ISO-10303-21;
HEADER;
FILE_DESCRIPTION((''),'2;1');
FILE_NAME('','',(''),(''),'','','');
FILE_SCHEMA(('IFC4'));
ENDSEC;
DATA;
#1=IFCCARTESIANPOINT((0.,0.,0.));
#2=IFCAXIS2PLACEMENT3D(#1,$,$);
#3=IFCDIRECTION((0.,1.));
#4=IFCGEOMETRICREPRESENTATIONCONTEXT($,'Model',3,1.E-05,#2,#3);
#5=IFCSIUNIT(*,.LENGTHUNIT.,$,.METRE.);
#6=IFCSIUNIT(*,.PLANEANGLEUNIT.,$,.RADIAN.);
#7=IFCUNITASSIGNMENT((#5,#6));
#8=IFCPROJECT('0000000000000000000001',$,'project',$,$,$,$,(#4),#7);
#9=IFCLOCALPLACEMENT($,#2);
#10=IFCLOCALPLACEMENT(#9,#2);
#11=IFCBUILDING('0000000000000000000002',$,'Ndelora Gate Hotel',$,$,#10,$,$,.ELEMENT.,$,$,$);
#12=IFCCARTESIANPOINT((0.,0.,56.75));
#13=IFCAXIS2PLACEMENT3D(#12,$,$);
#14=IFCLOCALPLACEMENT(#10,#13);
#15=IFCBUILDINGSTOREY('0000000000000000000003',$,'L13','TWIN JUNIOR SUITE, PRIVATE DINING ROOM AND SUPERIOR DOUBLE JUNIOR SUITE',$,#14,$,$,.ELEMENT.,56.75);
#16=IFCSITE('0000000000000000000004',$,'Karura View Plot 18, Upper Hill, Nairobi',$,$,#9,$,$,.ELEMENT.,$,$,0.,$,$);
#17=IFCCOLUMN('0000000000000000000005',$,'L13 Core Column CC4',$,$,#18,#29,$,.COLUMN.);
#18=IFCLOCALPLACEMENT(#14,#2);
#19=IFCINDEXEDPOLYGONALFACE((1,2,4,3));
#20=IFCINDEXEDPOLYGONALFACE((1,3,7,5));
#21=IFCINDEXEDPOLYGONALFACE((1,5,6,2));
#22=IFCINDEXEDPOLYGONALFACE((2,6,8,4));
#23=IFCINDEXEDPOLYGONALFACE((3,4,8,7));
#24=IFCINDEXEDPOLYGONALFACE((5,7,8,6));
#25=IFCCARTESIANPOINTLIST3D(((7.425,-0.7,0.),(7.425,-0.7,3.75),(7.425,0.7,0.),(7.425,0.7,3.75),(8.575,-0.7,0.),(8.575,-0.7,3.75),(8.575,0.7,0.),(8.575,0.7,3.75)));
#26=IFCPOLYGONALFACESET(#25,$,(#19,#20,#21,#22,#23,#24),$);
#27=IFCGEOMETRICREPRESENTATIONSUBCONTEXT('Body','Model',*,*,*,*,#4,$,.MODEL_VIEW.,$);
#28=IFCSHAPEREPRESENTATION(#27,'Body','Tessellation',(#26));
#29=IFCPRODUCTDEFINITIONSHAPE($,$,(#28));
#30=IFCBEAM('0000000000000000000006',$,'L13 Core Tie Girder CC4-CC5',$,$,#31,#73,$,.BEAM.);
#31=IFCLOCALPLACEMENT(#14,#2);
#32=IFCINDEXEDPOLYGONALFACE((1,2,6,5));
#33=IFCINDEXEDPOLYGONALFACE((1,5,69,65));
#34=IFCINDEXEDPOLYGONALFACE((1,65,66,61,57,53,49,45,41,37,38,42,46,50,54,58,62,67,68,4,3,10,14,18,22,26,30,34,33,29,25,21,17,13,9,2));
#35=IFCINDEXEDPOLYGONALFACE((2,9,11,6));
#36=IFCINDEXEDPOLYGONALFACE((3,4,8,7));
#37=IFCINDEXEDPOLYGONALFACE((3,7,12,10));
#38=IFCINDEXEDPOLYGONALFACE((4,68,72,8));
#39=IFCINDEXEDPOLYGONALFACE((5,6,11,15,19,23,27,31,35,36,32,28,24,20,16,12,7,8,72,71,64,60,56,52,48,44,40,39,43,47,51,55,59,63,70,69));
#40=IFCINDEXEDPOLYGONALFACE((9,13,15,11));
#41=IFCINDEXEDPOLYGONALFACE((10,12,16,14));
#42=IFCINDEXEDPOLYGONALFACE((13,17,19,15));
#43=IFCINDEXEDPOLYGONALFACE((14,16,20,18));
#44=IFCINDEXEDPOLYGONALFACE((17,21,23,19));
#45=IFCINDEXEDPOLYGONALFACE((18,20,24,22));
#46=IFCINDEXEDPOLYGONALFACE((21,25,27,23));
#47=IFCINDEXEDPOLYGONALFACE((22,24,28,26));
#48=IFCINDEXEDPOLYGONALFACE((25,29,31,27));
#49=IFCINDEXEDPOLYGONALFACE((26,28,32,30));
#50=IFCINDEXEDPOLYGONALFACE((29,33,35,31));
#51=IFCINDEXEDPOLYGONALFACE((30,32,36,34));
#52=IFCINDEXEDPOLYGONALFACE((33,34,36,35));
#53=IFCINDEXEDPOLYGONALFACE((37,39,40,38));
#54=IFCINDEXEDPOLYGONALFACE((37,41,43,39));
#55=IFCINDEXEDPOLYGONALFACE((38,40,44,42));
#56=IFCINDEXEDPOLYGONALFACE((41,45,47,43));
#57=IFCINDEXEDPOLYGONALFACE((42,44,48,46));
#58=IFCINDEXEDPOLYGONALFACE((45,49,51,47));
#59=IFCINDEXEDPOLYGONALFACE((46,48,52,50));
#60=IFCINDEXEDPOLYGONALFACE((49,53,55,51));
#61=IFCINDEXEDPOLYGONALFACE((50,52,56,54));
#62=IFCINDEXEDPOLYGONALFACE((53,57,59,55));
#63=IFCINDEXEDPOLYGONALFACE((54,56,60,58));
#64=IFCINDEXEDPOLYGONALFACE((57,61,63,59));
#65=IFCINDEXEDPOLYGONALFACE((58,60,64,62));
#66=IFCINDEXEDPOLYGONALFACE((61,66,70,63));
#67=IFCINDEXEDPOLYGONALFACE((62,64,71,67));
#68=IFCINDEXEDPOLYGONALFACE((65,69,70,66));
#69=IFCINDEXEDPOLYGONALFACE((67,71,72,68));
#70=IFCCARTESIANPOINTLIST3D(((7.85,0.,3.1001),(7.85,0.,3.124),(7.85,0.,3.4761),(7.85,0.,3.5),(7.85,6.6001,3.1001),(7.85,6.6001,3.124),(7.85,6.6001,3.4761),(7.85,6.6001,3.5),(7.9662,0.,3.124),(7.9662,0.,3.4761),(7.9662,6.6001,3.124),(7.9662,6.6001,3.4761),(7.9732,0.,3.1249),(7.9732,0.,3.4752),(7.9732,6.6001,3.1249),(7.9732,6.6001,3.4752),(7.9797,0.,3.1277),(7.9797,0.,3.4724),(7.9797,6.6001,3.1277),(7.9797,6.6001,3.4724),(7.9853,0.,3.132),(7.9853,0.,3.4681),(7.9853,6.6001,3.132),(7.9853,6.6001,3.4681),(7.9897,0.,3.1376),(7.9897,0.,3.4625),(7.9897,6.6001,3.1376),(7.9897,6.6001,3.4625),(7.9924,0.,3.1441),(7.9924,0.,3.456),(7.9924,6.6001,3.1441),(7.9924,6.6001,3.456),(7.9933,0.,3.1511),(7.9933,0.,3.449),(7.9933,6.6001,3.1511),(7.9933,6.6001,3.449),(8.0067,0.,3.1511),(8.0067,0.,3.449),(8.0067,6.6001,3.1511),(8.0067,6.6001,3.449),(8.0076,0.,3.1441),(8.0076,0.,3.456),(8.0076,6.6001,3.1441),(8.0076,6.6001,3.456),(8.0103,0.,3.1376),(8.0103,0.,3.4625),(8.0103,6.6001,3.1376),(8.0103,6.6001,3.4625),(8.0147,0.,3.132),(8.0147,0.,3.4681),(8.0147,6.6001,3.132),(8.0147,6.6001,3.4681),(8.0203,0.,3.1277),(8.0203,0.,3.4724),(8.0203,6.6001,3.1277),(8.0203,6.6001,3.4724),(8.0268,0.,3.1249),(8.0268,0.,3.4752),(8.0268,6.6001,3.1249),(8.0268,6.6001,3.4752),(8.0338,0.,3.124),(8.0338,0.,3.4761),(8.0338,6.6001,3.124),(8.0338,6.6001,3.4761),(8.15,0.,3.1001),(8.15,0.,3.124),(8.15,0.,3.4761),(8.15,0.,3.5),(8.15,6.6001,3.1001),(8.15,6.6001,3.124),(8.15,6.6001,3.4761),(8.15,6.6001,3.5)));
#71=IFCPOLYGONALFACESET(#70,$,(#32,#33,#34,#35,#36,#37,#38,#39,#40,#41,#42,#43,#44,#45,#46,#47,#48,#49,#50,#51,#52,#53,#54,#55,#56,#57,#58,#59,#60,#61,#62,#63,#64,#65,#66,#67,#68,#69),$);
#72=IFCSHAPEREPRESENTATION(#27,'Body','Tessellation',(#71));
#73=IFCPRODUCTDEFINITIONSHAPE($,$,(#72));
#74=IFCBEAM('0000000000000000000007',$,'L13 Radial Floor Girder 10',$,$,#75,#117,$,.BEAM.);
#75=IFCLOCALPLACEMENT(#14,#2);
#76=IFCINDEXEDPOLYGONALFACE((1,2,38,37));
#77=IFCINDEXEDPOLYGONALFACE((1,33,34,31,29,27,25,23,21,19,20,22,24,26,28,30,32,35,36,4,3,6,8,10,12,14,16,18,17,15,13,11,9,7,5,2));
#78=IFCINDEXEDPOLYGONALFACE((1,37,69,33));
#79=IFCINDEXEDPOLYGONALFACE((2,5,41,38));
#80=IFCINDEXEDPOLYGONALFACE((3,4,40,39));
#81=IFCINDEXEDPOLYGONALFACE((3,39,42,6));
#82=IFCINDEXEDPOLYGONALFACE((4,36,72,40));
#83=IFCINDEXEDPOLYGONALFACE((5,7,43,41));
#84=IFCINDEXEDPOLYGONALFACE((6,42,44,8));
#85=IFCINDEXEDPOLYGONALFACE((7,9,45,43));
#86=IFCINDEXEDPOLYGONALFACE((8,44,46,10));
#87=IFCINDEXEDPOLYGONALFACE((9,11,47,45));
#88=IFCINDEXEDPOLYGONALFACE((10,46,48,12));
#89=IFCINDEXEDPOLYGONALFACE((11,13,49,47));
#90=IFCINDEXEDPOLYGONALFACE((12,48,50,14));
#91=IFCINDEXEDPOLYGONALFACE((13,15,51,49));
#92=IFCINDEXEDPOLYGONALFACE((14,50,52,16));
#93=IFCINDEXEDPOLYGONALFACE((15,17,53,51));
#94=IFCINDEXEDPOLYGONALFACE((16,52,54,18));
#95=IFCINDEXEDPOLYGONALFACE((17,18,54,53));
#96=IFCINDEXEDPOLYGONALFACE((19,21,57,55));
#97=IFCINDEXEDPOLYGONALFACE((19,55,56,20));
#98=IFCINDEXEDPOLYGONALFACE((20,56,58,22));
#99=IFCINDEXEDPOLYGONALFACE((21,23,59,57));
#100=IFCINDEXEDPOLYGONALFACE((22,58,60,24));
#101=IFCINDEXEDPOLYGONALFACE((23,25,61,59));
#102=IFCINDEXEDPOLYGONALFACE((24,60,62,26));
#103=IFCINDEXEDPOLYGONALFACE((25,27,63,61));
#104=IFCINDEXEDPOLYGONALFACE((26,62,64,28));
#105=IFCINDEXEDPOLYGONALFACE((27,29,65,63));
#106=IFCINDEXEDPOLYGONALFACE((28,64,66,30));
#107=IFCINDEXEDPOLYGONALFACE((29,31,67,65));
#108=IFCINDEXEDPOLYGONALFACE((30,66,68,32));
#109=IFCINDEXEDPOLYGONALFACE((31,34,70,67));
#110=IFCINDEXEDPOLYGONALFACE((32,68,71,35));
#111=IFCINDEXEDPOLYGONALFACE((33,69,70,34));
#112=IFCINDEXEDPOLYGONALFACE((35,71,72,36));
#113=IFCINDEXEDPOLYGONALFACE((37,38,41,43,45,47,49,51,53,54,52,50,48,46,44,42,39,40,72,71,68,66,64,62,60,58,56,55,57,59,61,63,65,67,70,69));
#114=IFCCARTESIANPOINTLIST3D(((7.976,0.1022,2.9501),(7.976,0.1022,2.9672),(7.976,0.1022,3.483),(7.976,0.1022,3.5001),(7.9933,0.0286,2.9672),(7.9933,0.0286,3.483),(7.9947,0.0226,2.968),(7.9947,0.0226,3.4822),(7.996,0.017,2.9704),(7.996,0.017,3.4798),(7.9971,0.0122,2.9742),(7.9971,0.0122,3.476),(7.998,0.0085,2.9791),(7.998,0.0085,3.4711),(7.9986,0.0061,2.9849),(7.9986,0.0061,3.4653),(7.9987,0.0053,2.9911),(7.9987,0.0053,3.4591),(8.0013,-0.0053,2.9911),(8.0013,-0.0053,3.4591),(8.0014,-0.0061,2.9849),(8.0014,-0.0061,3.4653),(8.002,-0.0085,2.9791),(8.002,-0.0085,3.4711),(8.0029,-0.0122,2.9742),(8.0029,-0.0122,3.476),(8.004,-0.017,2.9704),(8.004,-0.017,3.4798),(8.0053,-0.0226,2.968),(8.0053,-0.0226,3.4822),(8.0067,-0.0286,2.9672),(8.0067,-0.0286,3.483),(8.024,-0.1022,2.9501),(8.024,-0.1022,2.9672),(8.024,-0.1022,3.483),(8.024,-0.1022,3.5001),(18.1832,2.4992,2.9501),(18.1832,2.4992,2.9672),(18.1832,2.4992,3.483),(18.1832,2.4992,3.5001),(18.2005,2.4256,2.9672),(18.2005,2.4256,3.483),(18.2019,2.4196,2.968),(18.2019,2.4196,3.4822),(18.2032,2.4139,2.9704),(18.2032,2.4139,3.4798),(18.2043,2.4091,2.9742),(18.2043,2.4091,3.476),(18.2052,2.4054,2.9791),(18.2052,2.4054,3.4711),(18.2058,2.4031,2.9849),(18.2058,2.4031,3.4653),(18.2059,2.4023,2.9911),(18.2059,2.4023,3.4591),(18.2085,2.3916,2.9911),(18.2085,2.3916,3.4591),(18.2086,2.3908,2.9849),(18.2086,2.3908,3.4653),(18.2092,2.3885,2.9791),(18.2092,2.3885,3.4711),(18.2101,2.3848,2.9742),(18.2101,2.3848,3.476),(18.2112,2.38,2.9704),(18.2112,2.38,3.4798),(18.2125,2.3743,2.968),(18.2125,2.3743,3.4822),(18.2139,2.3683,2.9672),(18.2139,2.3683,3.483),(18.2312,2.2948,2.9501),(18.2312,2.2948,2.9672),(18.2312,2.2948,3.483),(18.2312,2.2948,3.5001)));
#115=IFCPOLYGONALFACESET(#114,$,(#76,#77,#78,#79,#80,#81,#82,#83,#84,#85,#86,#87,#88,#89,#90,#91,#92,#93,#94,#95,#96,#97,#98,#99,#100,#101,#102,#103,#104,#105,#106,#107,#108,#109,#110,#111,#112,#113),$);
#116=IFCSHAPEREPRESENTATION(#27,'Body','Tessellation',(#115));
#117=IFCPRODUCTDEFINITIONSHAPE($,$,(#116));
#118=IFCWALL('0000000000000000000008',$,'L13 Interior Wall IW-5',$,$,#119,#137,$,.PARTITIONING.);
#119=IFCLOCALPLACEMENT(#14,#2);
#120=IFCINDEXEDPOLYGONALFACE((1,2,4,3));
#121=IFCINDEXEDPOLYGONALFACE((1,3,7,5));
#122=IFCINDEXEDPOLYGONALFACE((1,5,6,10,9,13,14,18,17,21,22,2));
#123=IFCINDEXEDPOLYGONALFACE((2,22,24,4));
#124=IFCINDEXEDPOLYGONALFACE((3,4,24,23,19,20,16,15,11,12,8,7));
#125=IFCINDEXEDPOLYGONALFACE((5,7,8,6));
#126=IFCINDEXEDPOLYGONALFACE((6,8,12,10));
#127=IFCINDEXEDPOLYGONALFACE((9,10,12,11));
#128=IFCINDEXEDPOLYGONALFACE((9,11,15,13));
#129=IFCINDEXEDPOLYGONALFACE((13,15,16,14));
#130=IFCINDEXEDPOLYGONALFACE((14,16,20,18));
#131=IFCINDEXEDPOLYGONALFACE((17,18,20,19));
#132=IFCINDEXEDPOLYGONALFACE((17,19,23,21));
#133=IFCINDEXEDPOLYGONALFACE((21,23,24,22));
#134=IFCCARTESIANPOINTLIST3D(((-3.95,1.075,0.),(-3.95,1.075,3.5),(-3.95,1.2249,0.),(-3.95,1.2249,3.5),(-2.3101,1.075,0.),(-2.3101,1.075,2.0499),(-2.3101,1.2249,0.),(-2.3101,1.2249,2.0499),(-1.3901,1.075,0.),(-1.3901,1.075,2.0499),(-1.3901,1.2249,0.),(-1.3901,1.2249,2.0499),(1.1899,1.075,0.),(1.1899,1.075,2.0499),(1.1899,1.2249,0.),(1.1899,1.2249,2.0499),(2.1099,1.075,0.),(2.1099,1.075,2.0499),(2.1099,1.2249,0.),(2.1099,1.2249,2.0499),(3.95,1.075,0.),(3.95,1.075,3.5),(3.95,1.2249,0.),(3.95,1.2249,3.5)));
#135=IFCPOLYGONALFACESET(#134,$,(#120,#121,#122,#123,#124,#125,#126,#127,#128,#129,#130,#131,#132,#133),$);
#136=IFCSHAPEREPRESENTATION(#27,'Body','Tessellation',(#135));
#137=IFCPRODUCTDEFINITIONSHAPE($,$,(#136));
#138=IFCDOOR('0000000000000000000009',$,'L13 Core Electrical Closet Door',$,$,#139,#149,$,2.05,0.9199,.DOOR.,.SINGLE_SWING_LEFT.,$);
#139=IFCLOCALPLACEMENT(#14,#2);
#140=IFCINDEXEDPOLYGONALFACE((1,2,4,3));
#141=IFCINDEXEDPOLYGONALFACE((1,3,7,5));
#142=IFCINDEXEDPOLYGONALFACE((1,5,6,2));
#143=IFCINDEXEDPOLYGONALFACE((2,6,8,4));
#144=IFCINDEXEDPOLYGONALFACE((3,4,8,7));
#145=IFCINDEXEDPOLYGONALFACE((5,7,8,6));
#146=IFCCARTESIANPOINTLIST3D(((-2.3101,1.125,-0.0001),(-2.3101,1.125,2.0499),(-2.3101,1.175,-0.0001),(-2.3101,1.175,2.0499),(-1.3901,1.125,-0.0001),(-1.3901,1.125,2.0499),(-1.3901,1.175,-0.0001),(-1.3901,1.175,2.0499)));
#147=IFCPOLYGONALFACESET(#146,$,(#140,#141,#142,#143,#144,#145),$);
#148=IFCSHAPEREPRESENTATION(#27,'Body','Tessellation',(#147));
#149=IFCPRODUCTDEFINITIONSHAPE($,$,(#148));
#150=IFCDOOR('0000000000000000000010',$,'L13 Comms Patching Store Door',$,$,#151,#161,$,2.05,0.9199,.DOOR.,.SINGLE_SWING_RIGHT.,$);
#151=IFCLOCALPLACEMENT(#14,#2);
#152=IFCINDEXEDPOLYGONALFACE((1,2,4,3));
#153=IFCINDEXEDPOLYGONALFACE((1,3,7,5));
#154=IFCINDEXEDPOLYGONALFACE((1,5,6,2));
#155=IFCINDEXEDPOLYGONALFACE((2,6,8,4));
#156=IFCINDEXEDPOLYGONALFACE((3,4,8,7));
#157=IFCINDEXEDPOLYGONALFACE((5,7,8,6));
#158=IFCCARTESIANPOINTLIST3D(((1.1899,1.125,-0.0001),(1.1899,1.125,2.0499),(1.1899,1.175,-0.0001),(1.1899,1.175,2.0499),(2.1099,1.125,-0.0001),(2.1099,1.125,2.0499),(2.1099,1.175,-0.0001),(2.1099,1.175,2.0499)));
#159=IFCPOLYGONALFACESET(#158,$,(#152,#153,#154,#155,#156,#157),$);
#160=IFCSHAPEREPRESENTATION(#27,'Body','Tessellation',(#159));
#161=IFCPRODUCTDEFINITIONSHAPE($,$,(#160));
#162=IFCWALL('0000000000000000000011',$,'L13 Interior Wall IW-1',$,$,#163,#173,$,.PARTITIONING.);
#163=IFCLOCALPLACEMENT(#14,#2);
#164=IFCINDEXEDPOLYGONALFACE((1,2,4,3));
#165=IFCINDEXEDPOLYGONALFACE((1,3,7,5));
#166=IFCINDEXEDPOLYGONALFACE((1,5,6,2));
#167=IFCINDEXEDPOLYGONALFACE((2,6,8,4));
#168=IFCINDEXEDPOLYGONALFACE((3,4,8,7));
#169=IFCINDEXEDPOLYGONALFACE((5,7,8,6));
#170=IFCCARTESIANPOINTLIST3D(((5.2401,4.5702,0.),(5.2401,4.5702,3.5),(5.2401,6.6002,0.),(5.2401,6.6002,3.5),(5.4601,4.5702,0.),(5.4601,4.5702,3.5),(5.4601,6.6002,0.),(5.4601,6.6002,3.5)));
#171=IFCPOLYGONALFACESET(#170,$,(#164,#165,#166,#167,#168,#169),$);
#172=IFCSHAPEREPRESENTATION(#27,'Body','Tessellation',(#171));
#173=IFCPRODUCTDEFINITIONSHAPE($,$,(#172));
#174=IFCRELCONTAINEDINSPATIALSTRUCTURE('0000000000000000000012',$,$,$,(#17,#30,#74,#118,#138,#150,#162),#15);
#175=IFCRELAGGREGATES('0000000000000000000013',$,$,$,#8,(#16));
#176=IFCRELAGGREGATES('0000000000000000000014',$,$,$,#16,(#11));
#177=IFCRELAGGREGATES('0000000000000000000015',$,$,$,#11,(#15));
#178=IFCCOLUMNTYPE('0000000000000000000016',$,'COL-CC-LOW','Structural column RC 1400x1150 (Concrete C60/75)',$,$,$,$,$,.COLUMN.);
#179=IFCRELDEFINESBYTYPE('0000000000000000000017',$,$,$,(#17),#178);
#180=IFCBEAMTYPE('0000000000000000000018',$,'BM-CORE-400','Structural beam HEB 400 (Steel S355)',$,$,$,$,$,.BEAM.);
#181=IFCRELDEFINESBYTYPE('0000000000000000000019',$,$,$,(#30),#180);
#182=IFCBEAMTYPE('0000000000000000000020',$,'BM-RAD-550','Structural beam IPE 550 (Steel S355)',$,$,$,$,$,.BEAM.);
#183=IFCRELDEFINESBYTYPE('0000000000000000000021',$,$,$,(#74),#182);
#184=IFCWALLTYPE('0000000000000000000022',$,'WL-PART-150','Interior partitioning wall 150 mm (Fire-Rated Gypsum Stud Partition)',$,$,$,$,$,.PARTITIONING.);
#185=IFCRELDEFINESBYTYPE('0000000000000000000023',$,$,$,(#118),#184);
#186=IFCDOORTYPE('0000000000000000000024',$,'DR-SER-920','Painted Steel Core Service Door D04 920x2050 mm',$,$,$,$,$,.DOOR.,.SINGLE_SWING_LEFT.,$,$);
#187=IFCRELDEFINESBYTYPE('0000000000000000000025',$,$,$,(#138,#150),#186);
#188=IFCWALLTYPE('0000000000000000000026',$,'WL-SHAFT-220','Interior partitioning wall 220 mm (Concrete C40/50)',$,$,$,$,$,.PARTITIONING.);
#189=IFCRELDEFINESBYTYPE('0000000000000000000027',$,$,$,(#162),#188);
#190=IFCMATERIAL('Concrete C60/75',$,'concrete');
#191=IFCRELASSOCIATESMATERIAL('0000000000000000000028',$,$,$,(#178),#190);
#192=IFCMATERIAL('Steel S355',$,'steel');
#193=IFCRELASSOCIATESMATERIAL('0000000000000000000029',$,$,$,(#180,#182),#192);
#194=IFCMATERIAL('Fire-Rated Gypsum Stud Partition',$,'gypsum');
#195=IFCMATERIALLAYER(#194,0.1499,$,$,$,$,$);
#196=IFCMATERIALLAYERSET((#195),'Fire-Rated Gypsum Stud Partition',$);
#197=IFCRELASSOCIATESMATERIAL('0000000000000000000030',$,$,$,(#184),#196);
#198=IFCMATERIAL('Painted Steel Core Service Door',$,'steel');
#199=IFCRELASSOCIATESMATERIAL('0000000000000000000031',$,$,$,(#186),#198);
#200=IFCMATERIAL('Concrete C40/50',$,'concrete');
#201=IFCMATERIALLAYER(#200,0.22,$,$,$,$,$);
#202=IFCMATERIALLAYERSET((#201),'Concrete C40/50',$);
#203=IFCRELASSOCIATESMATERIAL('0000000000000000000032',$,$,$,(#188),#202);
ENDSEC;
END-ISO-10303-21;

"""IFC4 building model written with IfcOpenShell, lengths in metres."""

from ifc_helpers import new_model, si_unit, direction, frame, frame_2d, origin, origin_2d, place, context, subcontext, project, spatial, rectangle, i_section, extrude, material, layer, layer_set, material_profile, profile_set, type_object, element, fill, save


model = new_model("IFC4")

# Units and contexts
model_context = context("Model", 3, precision=1e-05, world=origin(), true_north=direction((0.0, 1.0)))
body_context = subcontext(model_context, "Body", "Model", "MODEL_VIEW")
ifc_project = project(units=[si_unit("LENGTHUNIT", "METRE"), si_unit("PLANEANGLEUNIT", "RADIAN")], contexts=[model_context])

# Site, building, storey
site_placement = place(None, origin())
site = spatial("IfcSite", under=ifc_project, at=site_placement, Name="Karura View Plot 18, Upper Hill, Nairobi", CompositionType="ELEMENT", RefElevation=0.0)
building_placement = place(site_placement, origin())
building = spatial("IfcBuilding", under=site, at=building_placement, Name="Ndelora Gate Hotel", CompositionType="ELEMENT")
storey_placement = place(building_placement, frame((0.0, 0.0, 56.75)))
storey = spatial("IfcBuildingStorey", under=building, at=storey_placement, Name="L13", Description="TWIN JUNIOR SUITE, PRIVATE DINING ROOM AND SUPERIOR DOUBLE JUNIOR SUITE", CompositionType="ELEMENT", Elevation=56.75)

# Column
ifc_material_1 = material(Name="Concrete C60/75", Category="concrete")
ifc_material_profile_1 = material_profile(ifc_material_1, rectangle(XDim=1.1499, YDim=1.3999, at=origin_2d()), Name="RC 1400x1150")
ifc_profile_set_1 = profile_set([ifc_material_profile_1], Name="Concrete C60/75")
column_type = type_object("IfcColumnType", Name="COL-CC-LOW", Description="Structural column RC 1400x1150 (Concrete C60/75)", PredefinedType="COLUMN", material=ifc_profile_set_1)
column_placement = place(storey_placement, frame((8.0, 0.0, 0.0), z_axis=(0.0, 0.0, 1.0), x_axis=(1.0, 0.0, 0.0)))
element("IfcColumn", 1, at=column_placement, inside=storey, type_object=column_type, Name="L13 Core Column CC4", PredefinedType="COLUMN", context=body_context, shape_type="SweptSolid", body=[
    extrude(rectangle(XDim=1.1499, YDim=1.3999, at=origin_2d()), origin(), (0.0, 0.0, 1.0), 3.75),
])

# Beams
ifc_material_2 = material(Name="Steel S355", Category="steel")
ifc_material_profile_2 = material_profile(ifc_material_2, i_section(OverallWidth=0.3, OverallDepth=0.3999, WebThickness=0.0134, FlangeThickness=0.0239, FilletRadius=0.0271, at=origin_2d()), Name="HEB 400")
ifc_profile_set_2 = profile_set([ifc_material_profile_2], Name="Steel S355")
beam_type_1 = type_object("IfcBeamType", Name="BM-CORE-400", Description="Structural beam HEB 400 (Steel S355)", PredefinedType="BEAM", material=ifc_profile_set_2)
beam_1_placement = place(storey_placement, frame((8.0, 0.0, 3.3), z_axis=(0.0, 1.0, 0.0), x_axis=(-1.0, 0.0, 0.0)))
element("IfcBeam", 2, at=beam_1_placement, inside=storey, type_object=beam_type_1, Name="L13 Core Tie Girder CC4-CC5", PredefinedType="BEAM", context=body_context, shape_type="SweptSolid", body=[
    extrude(i_section(OverallWidth=0.3, OverallDepth=0.3999, WebThickness=0.0134, FlangeThickness=0.0239, FilletRadius=0.0271, at=origin_2d()), origin(), (0.0, 0.0, 1.0), 6.6001),
])
ifc_material_profile_3 = material_profile(ifc_material_2, i_section(OverallWidth=0.21, OverallDepth=0.55, WebThickness=0.011, FlangeThickness=0.0171, FilletRadius=0.0239, at=origin_2d()), Name="IPE 550")
ifc_profile_set_3 = profile_set([ifc_material_profile_3], Name="Steel S355")
beam_type_2 = type_object("IfcBeamType", Name="BM-RAD-550", Description="Structural beam IPE 550 (Steel S355)", PredefinedType="BEAM", material=ifc_profile_set_3)
beam_2_placement = place(storey_placement, frame((8.0, 0.0, 3.2251), z_axis=(0.973518, 0.228611, 0.0), x_axis=(-0.228611, 0.973518, 0.0)))
element("IfcBeam", 3, at=beam_2_placement, inside=storey, type_object=beam_type_2, Name="L13 Radial Floor Girder 10", PredefinedType="BEAM", context=body_context, shape_type="SweptSolid", body=[
    extrude(i_section(OverallWidth=0.21, OverallDepth=0.55, WebThickness=0.011, FlangeThickness=0.0171, FilletRadius=0.0239, at=origin_2d()), origin(), (0.0, 0.0, 1.0), 10.4849),
])

# Shared definitions
ifc_material_3 = material(Name="Concrete C40/50", Category="concrete")

# Wall, openings, doors
ifc_material_4 = material(Name="Fire-Rated Gypsum Stud Partition", Category="gypsum")
ifc_layer_1 = layer(ifc_material_4, 0.1499)
ifc_layer_set_1 = layer_set([ifc_layer_1], Name="Fire-Rated Gypsum Stud Partition")
wall_type_1 = type_object("IfcWallType", Name="WL-PART-150", Description="Interior partitioning wall 150 mm (Fire-Rated Gypsum Stud Partition)", PredefinedType="PARTITIONING", material=ifc_layer_set_1)
wall_1_placement = place(storey_placement, frame((3.95, 1.1499, 0.0), z_axis=(0.0, 0.0, 1.0), x_axis=(-1.0, 0.0, 0.0)))
wall_1 = element("IfcWall", 4, at=wall_1_placement, inside=storey, type_object=wall_type_1, Name="L13 Interior Wall IW-5", PredefinedType="PARTITIONING", context=body_context, shape_type="SweptSolid", body=[
    extrude(rectangle(XDim=7.8999, YDim=0.1499, at=frame_2d((3.95, 0.0))), origin(), (0.0, 0.0, 1.0), 3.5),
])
opening_1_placement = place(wall_1_placement, frame((5.3401, 0.0, 0.0)))
opening_1 = element("IfcOpeningElement", 5, at=opening_1_placement, cuts=wall_1, PredefinedType="OPENING", context=body_context, shape_type="SweptSolid", body=[
    extrude(rectangle(XDim=0.9199, YDim=2.05, at=frame_2d((0.46, 1.0249))), frame((0.0, 0.085, 0.0), z_axis=(0.0, -1.0, 0.0), x_axis=(1.0, 0.0, 0.0)), (0.0, 0.0, 1.0), 0.1699),
])
opening_2_placement = place(wall_1_placement, frame((1.8401, 0.0, 0.0)))
opening_2 = element("IfcOpeningElement", 6, at=opening_2_placement, cuts=wall_1, PredefinedType="OPENING", context=body_context, shape_type="SweptSolid", body=[
    extrude(rectangle(XDim=0.9199, YDim=2.05, at=frame_2d((0.46, 1.0249))), frame((0.0, 0.085, 0.0), z_axis=(0.0, -1.0, 0.0), x_axis=(1.0, 0.0, 0.0)), (0.0, 0.0, 1.0), 0.1699),
])
ifc_material_5 = material(Name="Painted Steel Core Service Door", Category="steel")
door_type_1 = type_object("IfcDoorType", Name="DR-SER-920", Description="Painted Steel Core Service Door D04 920x2050 mm", OperationType="SINGLE_SWING_LEFT", PredefinedType="DOOR", material=ifc_material_5)
door_1_placement = place(opening_1_placement, origin())
door_1 = element("IfcDoor", 7, at=door_1_placement, inside=storey, type_object=door_type_1, Name="L13 Core Electrical Closet Door", OperationType="SINGLE_SWING_LEFT", OverallHeight=2.05, OverallWidth=0.9199, PredefinedType="DOOR", context=body_context, shape_type="SweptSolid", body=[
    extrude(rectangle(XDim=0.9199, YDim=2.05, at=frame_2d((0.46, 1.0249))), frame((0.0, 0.0249, 0.0), z_axis=(0.0, -1.0, 0.0), x_axis=(1.0, 0.0, 0.0)), (0.0, 0.0, 1.0), 0.05),
])
fill(opening_1, door_1)
door_2_placement = place(opening_2_placement, origin())
door_2 = element("IfcDoor", 8, at=door_2_placement, inside=storey, type_object=door_type_1, Name="L13 Comms Patching Store Door", OperationType="SINGLE_SWING_RIGHT", OverallHeight=2.05, OverallWidth=0.9199, PredefinedType="DOOR", context=body_context, shape_type="SweptSolid", body=[
    extrude(rectangle(XDim=0.9199, YDim=2.05, at=frame_2d((0.46, 1.0249))), frame((0.0, 0.0249, 0.0), z_axis=(0.0, -1.0, 0.0), x_axis=(1.0, 0.0, 0.0)), (0.0, 0.0, 1.0), 0.05),
])
fill(opening_2, door_2)

# Shared definitions
ifc_layer_2 = layer(ifc_material_3, 0.22)
ifc_layer_set_2 = layer_set([ifc_layer_2], Name="Concrete C40/50")
wall_type_2 = type_object("IfcWallType", Name="WL-SHAFT-220", Description="Interior partitioning wall 220 mm (Concrete C40/50)", PredefinedType="PARTITIONING", material=ifc_layer_set_2)

# Wall
wall_2_placement = place(storey_placement, frame((5.3501, 4.5701, 0.0), z_axis=(0.0, 0.0, 1.0), x_axis=(0.0, 1.0, 0.0)))
element("IfcWall", 9, at=wall_2_placement, inside=storey, type_object=wall_type_2, Name="L13 Interior Wall IW-1", PredefinedType="PARTITIONING", context=body_context, shape_type="SweptSolid", body=[
    extrude(rectangle(XDim=2.03, YDim=0.22, at=frame_2d((1.0151, 0.0))), origin(), (0.0, 0.0, 1.0), 3.5),
])

save(model, "model.ifc")
